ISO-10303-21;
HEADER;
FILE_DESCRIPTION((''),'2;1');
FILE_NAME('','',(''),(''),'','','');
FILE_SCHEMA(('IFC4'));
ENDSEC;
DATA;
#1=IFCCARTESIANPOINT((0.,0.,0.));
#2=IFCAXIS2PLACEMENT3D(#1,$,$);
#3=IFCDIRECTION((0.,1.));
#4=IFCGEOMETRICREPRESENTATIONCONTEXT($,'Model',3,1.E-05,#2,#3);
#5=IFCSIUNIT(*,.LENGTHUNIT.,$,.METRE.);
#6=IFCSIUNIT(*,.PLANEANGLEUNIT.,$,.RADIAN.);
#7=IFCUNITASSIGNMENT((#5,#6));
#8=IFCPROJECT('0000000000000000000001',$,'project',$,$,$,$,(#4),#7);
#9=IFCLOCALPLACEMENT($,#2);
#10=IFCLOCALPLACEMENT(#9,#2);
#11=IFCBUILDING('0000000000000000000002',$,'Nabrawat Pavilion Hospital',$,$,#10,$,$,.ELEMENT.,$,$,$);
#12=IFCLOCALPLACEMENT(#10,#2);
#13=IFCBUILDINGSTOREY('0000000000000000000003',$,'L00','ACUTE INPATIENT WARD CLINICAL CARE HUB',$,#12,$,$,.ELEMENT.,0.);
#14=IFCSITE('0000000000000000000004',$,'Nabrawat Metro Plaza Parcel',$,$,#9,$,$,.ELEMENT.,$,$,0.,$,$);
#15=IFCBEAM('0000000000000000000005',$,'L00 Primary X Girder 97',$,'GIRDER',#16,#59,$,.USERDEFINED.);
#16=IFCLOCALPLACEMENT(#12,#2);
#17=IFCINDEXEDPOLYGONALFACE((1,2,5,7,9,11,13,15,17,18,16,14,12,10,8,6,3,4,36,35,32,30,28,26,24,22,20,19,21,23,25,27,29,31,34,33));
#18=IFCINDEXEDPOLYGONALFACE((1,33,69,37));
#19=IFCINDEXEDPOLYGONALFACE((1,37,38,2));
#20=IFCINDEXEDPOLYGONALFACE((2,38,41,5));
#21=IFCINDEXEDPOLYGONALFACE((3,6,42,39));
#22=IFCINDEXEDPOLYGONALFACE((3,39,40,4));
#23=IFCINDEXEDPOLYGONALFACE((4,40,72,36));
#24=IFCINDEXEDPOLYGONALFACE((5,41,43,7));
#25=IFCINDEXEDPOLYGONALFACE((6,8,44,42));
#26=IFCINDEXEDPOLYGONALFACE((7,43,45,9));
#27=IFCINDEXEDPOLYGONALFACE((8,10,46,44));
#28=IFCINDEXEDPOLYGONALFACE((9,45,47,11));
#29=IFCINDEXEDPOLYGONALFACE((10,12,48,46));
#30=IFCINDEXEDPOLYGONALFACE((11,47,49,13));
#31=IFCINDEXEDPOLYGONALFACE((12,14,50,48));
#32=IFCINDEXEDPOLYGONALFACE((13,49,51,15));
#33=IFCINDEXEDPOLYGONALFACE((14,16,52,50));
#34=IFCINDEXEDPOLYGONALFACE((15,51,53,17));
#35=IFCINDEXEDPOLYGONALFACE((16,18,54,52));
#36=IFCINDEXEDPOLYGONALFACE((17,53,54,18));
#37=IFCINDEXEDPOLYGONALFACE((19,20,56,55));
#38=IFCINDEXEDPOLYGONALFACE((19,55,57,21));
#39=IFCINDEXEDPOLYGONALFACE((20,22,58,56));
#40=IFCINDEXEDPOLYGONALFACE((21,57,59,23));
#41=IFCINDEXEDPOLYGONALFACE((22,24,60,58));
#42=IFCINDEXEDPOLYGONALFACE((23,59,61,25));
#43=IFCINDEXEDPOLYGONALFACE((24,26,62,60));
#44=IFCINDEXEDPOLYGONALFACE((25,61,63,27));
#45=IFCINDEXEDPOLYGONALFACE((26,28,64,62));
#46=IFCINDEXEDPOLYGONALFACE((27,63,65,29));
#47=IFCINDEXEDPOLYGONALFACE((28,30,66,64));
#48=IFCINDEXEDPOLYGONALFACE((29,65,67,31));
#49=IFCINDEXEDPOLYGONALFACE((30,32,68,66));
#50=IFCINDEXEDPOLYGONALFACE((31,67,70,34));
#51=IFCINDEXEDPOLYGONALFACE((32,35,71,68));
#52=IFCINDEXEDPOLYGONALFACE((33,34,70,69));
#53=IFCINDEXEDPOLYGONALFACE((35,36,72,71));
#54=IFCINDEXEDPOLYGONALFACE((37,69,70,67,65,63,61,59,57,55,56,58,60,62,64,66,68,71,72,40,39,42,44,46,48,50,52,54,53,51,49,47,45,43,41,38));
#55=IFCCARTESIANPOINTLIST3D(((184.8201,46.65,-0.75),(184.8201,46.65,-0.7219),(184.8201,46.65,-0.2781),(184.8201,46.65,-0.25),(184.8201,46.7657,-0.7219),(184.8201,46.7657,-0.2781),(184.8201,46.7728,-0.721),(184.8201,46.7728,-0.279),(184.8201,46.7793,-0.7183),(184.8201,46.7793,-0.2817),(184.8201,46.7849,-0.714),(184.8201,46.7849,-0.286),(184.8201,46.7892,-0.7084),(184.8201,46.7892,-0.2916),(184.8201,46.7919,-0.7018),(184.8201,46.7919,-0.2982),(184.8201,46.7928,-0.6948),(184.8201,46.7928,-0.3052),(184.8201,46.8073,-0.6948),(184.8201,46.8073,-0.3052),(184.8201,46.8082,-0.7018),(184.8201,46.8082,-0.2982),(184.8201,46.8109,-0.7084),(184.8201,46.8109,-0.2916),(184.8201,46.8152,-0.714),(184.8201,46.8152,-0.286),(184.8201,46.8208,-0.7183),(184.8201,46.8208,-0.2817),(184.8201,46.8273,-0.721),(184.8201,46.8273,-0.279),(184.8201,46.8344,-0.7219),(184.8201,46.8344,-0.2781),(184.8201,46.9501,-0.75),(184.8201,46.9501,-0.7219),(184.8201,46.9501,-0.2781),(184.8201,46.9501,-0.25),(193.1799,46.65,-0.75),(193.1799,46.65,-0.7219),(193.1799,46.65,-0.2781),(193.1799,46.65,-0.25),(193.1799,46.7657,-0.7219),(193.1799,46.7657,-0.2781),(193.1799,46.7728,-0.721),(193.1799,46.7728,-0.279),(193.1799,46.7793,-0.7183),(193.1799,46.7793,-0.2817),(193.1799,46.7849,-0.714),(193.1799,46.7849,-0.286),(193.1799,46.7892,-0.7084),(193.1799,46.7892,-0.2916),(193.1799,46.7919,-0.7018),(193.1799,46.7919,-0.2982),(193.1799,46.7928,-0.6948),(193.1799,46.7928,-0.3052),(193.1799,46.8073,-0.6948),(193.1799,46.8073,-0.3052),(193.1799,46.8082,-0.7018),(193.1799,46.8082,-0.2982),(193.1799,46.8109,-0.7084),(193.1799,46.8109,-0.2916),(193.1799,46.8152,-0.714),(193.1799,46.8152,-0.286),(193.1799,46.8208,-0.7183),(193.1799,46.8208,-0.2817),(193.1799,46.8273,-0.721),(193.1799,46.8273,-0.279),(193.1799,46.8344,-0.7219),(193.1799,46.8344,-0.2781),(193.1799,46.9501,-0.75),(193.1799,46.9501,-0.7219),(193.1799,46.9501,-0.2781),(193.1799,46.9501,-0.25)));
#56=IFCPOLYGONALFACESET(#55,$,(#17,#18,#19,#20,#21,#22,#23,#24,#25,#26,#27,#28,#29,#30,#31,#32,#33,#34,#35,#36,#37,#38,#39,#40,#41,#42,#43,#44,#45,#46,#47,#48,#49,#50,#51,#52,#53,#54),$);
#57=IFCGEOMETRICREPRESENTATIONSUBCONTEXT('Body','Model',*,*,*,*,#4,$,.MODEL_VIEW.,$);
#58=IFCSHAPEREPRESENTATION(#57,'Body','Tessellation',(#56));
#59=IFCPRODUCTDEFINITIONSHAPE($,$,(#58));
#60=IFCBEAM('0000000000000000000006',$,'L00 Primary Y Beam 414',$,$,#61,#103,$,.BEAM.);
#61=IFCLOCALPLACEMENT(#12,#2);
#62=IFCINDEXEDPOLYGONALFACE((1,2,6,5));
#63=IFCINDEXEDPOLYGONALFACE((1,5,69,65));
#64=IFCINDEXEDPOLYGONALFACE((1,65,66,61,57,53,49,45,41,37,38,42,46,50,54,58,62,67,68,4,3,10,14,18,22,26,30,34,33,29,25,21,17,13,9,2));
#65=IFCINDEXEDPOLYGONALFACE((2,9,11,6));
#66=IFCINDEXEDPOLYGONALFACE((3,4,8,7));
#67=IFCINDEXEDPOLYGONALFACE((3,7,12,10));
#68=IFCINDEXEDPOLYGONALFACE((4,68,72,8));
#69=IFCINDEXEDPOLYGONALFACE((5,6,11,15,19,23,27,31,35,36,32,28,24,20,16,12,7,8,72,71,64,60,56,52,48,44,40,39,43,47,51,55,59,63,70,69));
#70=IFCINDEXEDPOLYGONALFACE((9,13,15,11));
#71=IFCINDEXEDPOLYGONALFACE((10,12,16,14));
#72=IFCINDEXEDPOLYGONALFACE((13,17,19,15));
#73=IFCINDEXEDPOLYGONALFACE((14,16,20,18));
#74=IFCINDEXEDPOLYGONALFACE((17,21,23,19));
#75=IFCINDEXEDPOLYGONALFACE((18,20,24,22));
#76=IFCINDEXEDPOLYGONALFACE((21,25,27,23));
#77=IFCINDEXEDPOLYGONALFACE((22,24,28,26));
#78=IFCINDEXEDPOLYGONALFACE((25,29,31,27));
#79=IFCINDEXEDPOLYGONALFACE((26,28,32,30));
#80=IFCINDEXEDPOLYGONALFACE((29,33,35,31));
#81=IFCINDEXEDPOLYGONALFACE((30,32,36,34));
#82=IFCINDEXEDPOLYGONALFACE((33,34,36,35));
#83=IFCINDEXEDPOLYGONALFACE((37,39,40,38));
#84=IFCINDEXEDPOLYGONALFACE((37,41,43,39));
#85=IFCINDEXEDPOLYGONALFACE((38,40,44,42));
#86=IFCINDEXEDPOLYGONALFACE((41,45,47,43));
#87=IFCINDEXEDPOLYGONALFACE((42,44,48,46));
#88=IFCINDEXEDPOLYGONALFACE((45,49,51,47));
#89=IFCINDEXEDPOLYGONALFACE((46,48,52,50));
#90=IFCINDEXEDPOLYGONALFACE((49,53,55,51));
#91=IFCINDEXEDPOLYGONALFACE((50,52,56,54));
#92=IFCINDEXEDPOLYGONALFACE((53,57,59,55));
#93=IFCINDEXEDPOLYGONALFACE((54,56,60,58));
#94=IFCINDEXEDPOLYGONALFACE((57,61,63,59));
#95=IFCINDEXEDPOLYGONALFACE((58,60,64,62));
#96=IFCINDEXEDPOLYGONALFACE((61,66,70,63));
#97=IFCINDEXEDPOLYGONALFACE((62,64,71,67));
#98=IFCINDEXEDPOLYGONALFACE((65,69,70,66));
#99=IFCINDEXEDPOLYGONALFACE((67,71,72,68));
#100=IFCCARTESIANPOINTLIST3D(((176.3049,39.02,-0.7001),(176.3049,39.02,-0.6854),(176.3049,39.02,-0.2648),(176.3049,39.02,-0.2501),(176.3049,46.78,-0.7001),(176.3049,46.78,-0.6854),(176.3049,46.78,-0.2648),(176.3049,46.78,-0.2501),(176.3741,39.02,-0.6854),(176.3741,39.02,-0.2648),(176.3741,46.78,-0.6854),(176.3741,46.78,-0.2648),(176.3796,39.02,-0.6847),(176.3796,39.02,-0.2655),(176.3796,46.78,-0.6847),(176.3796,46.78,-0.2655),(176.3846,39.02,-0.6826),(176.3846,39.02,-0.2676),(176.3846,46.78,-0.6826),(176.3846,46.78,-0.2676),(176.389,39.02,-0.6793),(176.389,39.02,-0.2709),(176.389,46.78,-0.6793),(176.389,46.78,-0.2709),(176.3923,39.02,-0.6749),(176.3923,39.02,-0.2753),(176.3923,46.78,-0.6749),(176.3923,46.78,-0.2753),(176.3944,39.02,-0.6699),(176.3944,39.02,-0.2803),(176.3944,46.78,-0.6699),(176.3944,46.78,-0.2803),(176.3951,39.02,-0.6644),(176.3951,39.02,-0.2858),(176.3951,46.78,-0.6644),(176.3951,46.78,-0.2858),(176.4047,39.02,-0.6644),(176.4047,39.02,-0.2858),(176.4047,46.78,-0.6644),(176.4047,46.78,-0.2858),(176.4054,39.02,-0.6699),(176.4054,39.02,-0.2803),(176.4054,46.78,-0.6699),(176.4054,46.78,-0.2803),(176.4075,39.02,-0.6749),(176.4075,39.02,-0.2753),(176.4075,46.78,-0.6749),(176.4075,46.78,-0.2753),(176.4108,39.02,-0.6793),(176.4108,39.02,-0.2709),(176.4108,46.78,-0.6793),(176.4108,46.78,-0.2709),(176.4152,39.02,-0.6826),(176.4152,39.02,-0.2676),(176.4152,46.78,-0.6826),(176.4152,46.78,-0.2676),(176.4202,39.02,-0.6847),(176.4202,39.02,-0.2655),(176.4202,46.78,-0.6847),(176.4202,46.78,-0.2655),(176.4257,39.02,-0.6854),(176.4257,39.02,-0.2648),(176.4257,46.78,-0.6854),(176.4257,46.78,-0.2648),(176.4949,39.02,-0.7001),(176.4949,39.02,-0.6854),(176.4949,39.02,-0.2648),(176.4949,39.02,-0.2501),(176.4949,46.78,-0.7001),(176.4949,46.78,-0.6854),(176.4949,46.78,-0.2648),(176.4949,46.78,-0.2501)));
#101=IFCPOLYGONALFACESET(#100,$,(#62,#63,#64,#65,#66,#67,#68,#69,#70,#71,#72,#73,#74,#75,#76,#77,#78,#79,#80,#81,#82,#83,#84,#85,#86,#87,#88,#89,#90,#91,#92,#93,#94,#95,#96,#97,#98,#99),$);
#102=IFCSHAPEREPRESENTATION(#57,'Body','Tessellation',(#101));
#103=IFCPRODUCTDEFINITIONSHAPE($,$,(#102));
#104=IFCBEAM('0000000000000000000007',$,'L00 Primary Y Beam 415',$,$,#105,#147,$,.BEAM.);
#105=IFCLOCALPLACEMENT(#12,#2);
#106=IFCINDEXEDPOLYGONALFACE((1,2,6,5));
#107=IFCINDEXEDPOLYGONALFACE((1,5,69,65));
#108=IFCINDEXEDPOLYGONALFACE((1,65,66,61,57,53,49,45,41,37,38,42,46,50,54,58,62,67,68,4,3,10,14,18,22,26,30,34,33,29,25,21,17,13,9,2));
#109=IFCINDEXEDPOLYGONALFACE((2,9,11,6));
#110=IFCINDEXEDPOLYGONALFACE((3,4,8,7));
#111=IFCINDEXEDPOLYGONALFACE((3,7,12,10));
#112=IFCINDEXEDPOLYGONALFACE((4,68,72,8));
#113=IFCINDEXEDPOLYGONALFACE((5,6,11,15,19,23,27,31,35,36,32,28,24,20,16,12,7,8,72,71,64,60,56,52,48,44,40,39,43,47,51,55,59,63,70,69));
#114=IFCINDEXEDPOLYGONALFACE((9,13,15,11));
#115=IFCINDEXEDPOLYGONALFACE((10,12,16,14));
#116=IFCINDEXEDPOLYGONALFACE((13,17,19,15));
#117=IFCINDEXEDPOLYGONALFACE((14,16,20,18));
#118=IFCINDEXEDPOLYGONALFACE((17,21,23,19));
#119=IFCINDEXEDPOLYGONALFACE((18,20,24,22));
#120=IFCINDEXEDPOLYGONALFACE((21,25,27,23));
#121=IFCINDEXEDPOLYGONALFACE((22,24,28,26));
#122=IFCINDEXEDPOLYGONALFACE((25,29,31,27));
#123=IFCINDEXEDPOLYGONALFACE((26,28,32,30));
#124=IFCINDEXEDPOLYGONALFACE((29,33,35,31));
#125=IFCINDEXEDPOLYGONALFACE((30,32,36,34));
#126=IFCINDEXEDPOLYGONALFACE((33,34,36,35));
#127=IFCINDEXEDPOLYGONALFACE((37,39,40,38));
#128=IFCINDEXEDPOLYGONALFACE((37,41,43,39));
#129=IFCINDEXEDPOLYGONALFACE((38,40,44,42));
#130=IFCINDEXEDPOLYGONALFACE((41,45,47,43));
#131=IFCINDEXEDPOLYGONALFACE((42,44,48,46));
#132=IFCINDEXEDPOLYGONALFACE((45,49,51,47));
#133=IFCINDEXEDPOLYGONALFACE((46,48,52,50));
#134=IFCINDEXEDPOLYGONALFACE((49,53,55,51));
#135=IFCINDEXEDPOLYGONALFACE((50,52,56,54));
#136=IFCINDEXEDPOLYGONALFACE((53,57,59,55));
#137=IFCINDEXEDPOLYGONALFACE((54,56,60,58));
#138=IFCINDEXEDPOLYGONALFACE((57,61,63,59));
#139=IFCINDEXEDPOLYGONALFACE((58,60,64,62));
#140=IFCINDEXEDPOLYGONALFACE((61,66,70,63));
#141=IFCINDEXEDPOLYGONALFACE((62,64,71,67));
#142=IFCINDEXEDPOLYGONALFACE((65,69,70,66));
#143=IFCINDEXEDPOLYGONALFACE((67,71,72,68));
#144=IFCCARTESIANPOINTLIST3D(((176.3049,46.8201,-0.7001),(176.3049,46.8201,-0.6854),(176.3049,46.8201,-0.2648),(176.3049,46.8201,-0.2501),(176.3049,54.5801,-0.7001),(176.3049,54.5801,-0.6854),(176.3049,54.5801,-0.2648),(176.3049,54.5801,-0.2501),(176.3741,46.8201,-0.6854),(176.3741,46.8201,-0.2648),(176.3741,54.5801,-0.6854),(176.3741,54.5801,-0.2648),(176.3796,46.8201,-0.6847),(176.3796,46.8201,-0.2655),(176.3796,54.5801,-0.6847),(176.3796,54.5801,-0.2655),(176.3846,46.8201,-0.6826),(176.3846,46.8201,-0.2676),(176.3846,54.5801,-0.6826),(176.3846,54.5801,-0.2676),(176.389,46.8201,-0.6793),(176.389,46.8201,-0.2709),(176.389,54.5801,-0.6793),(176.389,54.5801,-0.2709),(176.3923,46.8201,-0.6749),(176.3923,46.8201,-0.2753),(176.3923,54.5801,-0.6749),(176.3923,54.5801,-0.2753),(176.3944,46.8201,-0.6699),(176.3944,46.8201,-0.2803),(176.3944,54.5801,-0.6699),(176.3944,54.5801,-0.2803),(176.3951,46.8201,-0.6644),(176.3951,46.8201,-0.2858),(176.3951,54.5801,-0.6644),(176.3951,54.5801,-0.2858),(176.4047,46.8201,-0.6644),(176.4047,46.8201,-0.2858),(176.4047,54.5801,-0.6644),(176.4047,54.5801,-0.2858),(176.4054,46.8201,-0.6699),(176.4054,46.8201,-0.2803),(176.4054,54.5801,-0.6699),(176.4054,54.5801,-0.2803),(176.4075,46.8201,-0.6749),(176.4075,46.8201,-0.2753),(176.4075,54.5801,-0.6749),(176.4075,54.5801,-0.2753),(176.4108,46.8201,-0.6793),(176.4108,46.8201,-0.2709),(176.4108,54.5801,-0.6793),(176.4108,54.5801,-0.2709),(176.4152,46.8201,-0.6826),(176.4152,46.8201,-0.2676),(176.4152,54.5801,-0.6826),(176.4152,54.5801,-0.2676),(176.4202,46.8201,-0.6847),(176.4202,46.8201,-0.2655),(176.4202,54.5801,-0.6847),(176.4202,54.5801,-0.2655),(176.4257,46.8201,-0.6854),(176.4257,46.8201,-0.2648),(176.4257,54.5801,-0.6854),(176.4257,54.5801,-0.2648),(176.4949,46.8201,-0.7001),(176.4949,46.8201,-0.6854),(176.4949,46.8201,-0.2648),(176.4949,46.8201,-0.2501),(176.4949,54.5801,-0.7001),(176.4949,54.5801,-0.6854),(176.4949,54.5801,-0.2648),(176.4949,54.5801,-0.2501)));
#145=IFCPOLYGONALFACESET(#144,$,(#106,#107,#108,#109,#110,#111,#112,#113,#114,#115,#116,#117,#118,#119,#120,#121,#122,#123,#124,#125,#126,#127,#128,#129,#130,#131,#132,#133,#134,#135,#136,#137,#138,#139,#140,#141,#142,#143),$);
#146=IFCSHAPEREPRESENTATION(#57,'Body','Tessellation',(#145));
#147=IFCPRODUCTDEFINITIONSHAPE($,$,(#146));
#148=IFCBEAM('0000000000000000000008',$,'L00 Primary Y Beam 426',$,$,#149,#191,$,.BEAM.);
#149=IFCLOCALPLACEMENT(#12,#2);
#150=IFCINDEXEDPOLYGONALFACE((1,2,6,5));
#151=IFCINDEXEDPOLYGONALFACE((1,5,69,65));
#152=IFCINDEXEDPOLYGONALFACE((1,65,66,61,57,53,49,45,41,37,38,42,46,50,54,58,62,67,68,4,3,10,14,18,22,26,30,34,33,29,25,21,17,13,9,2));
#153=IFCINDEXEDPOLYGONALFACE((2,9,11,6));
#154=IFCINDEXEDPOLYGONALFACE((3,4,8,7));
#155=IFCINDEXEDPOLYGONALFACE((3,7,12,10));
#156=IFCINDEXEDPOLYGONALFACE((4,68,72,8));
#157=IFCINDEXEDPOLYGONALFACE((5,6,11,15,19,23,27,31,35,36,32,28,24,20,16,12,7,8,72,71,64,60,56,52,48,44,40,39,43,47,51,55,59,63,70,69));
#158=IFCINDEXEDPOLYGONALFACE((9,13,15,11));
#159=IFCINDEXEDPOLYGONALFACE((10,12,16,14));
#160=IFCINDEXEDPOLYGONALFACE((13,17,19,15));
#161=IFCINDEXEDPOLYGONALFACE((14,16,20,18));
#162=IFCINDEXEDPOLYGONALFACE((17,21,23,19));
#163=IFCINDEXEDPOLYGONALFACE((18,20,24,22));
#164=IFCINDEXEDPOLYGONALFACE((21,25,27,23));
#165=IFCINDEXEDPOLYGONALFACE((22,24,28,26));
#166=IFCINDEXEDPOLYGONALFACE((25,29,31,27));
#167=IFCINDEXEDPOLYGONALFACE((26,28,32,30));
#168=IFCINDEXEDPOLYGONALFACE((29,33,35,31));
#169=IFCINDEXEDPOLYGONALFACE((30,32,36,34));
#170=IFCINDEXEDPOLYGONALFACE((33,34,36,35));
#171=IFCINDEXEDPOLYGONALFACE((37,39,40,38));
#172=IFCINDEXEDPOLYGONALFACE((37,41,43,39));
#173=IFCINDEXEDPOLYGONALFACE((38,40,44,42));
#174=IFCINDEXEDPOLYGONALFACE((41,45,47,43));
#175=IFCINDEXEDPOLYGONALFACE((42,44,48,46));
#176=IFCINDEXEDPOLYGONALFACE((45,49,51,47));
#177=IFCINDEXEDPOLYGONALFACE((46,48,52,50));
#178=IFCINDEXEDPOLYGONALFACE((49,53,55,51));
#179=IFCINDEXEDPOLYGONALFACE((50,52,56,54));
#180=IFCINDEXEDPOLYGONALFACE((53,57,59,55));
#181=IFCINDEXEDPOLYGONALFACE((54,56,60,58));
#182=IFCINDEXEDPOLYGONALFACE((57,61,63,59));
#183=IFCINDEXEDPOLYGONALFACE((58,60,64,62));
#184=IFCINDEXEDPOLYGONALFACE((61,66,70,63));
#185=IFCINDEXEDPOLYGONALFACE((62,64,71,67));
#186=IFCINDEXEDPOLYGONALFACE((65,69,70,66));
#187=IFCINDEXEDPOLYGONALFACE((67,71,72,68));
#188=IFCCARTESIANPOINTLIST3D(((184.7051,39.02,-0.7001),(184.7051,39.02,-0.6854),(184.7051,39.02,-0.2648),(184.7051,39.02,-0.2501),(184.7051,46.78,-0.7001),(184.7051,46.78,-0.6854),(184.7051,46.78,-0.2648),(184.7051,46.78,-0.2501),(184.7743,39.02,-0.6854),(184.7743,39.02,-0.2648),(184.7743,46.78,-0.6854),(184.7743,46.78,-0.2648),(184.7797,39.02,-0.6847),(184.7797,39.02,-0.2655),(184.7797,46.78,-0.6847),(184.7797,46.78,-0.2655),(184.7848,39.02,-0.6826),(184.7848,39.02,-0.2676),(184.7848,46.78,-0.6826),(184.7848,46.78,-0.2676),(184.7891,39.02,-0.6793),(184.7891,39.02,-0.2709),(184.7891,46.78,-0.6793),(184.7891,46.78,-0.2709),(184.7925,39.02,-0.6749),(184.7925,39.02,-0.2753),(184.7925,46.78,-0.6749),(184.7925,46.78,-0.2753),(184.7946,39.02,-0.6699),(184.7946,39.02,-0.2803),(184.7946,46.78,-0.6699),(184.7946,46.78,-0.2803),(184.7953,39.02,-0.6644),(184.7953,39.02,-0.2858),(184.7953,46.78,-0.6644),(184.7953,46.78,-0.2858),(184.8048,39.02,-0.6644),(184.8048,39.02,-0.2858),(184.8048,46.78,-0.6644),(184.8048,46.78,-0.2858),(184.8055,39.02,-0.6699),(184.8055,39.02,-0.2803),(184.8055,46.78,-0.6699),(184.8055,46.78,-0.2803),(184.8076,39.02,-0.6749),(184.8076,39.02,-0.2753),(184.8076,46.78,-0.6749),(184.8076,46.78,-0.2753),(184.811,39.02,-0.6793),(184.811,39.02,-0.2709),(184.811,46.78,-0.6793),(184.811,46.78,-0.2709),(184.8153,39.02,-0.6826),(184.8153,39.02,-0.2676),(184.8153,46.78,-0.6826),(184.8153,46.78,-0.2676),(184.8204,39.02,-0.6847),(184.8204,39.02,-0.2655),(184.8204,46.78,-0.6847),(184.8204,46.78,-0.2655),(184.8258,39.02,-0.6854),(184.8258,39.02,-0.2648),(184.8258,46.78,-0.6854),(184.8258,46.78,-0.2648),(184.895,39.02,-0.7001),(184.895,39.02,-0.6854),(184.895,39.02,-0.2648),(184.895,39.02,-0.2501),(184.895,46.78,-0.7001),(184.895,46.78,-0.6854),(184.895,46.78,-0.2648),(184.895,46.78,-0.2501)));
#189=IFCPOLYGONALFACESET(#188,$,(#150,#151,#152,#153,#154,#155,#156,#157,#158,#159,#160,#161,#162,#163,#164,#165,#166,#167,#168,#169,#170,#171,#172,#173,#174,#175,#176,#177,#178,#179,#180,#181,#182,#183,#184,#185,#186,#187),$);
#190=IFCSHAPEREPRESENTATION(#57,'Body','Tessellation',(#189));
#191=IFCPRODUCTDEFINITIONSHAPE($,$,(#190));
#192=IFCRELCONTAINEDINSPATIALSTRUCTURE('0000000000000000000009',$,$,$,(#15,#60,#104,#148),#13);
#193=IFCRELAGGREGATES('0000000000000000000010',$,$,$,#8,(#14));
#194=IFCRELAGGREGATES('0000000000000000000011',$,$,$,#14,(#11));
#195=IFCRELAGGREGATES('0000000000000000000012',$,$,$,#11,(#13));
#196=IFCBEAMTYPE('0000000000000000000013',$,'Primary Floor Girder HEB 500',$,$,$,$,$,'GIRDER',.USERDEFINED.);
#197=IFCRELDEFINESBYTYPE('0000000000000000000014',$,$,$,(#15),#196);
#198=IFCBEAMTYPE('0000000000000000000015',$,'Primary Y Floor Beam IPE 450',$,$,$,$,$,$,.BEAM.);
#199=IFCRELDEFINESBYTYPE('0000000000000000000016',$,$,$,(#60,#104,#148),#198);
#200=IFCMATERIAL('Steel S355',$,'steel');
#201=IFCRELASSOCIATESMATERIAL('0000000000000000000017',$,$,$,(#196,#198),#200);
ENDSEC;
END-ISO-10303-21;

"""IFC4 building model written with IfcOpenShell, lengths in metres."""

from ifc_helpers import new_model, si_unit, direction, frame, origin, origin_2d, place, context, subcontext, project, spatial, i_section, extrude, material, material_profile, profile_set, type_object, element, save


model = new_model("IFC4")

# Units and contexts
model_context = context("Model", 3, precision=1e-05, world=origin(), true_north=direction((0.0, 1.0)))
body_context = subcontext(model_context, "Body", "Model", "MODEL_VIEW")
ifc_project = project(units=[si_unit("LENGTHUNIT", "METRE"), si_unit("PLANEANGLEUNIT", "RADIAN")], contexts=[model_context])

# Site, building, storey
site_placement = place(None, origin())
site = spatial("IfcSite", under=ifc_project, at=site_placement, Name="Nabrawat Metro Plaza Parcel", CompositionType="ELEMENT", RefElevation=0.0)
building_placement = place(site_placement, origin())
building = spatial("IfcBuilding", under=site, at=building_placement, Name="Nabrawat Pavilion Hospital", CompositionType="ELEMENT")
storey_placement = place(building_placement, origin())
storey = spatial("IfcBuildingStorey", under=building, at=storey_placement, Name="L00", Description="ACUTE INPATIENT WARD CLINICAL CARE HUB", CompositionType="ELEMENT", Elevation=0.0)

# Shared definitions
ifc_material_1 = material(Name="Steel S355", Category="steel")

# Beams
ifc_material_profile_1 = material_profile(ifc_material_1, i_section(OverallWidth=0.3, OverallDepth=0.5, WebThickness=0.0144, FlangeThickness=0.0281, FilletRadius=0.0271, at=origin_2d()), Name="HEB 500")
ifc_profile_set_1 = profile_set([ifc_material_profile_1], Name="Steel S355")
beam_type_1 = type_object("IfcBeamType", Name="Primary Floor Girder HEB 500", ElementType="GIRDER", PredefinedType="USERDEFINED", material=ifc_profile_set_1)
beam_1_placement = place(storey_placement, frame((184.8201, 46.8, -0.5), z_axis=(1.0, 0.0, 0.0), x_axis=(0.0, 1.0, 0.0)))
element("IfcBeam", 1, at=beam_1_placement, inside=storey, type_object=beam_type_1, Name="L00 Primary X Girder 97", ObjectType="GIRDER", PredefinedType="USERDEFINED", context=body_context, shape_type="SweptSolid", body=[
    extrude(i_section(OverallWidth=0.3, OverallDepth=0.5, WebThickness=0.0144, FlangeThickness=0.0281, FilletRadius=0.0271, at=origin_2d()), origin(), (0.0, 0.0, 1.0), 8.3599),
])
ifc_material_profile_2 = material_profile(ifc_material_1, i_section(OverallWidth=0.1899, OverallDepth=0.45, WebThickness=0.0095, FlangeThickness=0.0146, FilletRadius=0.021, at=origin_2d()), Name="IPE 450")
ifc_profile_set_2 = profile_set([ifc_material_profile_2], Name="Steel S355")
beam_type_2 = type_object("IfcBeamType", Name="Primary Y Floor Beam IPE 450", PredefinedType="BEAM", material=ifc_profile_set_2)
for number, where, z_axis, x_axis, name in (
    (2, (176.3999, 39.02, -0.4751), (0.0, 1.0, 0.0), (-1.0, 0.0, 0.0), "L00 Primary Y Beam 414"),
    (3, (176.3999, 46.8201, -0.4751), (0.0, 1.0, 0.0), (-1.0, 0.0, 0.0), "L00 Primary Y Beam 415"),
    (4, (184.8, 39.02, -0.4751), (0.0, 1.0, 0.0), (-1.0, 0.0, 0.0), "L00 Primary Y Beam 426"),
):
    element("IfcBeam", number, at=place(storey_placement, frame(where, z_axis=z_axis, x_axis=x_axis)), inside=storey, type_object=beam_type_2, Name=name, PredefinedType="BEAM", context=body_context, shape_type="SweptSolid", body=[
        extrude(i_section(OverallWidth=0.1899, OverallDepth=0.45, WebThickness=0.0095, FlangeThickness=0.0146, FilletRadius=0.021, at=origin_2d()), origin(), (0.0, 0.0, 1.0), 7.76),
    ])

save(model, "model.ifc")
